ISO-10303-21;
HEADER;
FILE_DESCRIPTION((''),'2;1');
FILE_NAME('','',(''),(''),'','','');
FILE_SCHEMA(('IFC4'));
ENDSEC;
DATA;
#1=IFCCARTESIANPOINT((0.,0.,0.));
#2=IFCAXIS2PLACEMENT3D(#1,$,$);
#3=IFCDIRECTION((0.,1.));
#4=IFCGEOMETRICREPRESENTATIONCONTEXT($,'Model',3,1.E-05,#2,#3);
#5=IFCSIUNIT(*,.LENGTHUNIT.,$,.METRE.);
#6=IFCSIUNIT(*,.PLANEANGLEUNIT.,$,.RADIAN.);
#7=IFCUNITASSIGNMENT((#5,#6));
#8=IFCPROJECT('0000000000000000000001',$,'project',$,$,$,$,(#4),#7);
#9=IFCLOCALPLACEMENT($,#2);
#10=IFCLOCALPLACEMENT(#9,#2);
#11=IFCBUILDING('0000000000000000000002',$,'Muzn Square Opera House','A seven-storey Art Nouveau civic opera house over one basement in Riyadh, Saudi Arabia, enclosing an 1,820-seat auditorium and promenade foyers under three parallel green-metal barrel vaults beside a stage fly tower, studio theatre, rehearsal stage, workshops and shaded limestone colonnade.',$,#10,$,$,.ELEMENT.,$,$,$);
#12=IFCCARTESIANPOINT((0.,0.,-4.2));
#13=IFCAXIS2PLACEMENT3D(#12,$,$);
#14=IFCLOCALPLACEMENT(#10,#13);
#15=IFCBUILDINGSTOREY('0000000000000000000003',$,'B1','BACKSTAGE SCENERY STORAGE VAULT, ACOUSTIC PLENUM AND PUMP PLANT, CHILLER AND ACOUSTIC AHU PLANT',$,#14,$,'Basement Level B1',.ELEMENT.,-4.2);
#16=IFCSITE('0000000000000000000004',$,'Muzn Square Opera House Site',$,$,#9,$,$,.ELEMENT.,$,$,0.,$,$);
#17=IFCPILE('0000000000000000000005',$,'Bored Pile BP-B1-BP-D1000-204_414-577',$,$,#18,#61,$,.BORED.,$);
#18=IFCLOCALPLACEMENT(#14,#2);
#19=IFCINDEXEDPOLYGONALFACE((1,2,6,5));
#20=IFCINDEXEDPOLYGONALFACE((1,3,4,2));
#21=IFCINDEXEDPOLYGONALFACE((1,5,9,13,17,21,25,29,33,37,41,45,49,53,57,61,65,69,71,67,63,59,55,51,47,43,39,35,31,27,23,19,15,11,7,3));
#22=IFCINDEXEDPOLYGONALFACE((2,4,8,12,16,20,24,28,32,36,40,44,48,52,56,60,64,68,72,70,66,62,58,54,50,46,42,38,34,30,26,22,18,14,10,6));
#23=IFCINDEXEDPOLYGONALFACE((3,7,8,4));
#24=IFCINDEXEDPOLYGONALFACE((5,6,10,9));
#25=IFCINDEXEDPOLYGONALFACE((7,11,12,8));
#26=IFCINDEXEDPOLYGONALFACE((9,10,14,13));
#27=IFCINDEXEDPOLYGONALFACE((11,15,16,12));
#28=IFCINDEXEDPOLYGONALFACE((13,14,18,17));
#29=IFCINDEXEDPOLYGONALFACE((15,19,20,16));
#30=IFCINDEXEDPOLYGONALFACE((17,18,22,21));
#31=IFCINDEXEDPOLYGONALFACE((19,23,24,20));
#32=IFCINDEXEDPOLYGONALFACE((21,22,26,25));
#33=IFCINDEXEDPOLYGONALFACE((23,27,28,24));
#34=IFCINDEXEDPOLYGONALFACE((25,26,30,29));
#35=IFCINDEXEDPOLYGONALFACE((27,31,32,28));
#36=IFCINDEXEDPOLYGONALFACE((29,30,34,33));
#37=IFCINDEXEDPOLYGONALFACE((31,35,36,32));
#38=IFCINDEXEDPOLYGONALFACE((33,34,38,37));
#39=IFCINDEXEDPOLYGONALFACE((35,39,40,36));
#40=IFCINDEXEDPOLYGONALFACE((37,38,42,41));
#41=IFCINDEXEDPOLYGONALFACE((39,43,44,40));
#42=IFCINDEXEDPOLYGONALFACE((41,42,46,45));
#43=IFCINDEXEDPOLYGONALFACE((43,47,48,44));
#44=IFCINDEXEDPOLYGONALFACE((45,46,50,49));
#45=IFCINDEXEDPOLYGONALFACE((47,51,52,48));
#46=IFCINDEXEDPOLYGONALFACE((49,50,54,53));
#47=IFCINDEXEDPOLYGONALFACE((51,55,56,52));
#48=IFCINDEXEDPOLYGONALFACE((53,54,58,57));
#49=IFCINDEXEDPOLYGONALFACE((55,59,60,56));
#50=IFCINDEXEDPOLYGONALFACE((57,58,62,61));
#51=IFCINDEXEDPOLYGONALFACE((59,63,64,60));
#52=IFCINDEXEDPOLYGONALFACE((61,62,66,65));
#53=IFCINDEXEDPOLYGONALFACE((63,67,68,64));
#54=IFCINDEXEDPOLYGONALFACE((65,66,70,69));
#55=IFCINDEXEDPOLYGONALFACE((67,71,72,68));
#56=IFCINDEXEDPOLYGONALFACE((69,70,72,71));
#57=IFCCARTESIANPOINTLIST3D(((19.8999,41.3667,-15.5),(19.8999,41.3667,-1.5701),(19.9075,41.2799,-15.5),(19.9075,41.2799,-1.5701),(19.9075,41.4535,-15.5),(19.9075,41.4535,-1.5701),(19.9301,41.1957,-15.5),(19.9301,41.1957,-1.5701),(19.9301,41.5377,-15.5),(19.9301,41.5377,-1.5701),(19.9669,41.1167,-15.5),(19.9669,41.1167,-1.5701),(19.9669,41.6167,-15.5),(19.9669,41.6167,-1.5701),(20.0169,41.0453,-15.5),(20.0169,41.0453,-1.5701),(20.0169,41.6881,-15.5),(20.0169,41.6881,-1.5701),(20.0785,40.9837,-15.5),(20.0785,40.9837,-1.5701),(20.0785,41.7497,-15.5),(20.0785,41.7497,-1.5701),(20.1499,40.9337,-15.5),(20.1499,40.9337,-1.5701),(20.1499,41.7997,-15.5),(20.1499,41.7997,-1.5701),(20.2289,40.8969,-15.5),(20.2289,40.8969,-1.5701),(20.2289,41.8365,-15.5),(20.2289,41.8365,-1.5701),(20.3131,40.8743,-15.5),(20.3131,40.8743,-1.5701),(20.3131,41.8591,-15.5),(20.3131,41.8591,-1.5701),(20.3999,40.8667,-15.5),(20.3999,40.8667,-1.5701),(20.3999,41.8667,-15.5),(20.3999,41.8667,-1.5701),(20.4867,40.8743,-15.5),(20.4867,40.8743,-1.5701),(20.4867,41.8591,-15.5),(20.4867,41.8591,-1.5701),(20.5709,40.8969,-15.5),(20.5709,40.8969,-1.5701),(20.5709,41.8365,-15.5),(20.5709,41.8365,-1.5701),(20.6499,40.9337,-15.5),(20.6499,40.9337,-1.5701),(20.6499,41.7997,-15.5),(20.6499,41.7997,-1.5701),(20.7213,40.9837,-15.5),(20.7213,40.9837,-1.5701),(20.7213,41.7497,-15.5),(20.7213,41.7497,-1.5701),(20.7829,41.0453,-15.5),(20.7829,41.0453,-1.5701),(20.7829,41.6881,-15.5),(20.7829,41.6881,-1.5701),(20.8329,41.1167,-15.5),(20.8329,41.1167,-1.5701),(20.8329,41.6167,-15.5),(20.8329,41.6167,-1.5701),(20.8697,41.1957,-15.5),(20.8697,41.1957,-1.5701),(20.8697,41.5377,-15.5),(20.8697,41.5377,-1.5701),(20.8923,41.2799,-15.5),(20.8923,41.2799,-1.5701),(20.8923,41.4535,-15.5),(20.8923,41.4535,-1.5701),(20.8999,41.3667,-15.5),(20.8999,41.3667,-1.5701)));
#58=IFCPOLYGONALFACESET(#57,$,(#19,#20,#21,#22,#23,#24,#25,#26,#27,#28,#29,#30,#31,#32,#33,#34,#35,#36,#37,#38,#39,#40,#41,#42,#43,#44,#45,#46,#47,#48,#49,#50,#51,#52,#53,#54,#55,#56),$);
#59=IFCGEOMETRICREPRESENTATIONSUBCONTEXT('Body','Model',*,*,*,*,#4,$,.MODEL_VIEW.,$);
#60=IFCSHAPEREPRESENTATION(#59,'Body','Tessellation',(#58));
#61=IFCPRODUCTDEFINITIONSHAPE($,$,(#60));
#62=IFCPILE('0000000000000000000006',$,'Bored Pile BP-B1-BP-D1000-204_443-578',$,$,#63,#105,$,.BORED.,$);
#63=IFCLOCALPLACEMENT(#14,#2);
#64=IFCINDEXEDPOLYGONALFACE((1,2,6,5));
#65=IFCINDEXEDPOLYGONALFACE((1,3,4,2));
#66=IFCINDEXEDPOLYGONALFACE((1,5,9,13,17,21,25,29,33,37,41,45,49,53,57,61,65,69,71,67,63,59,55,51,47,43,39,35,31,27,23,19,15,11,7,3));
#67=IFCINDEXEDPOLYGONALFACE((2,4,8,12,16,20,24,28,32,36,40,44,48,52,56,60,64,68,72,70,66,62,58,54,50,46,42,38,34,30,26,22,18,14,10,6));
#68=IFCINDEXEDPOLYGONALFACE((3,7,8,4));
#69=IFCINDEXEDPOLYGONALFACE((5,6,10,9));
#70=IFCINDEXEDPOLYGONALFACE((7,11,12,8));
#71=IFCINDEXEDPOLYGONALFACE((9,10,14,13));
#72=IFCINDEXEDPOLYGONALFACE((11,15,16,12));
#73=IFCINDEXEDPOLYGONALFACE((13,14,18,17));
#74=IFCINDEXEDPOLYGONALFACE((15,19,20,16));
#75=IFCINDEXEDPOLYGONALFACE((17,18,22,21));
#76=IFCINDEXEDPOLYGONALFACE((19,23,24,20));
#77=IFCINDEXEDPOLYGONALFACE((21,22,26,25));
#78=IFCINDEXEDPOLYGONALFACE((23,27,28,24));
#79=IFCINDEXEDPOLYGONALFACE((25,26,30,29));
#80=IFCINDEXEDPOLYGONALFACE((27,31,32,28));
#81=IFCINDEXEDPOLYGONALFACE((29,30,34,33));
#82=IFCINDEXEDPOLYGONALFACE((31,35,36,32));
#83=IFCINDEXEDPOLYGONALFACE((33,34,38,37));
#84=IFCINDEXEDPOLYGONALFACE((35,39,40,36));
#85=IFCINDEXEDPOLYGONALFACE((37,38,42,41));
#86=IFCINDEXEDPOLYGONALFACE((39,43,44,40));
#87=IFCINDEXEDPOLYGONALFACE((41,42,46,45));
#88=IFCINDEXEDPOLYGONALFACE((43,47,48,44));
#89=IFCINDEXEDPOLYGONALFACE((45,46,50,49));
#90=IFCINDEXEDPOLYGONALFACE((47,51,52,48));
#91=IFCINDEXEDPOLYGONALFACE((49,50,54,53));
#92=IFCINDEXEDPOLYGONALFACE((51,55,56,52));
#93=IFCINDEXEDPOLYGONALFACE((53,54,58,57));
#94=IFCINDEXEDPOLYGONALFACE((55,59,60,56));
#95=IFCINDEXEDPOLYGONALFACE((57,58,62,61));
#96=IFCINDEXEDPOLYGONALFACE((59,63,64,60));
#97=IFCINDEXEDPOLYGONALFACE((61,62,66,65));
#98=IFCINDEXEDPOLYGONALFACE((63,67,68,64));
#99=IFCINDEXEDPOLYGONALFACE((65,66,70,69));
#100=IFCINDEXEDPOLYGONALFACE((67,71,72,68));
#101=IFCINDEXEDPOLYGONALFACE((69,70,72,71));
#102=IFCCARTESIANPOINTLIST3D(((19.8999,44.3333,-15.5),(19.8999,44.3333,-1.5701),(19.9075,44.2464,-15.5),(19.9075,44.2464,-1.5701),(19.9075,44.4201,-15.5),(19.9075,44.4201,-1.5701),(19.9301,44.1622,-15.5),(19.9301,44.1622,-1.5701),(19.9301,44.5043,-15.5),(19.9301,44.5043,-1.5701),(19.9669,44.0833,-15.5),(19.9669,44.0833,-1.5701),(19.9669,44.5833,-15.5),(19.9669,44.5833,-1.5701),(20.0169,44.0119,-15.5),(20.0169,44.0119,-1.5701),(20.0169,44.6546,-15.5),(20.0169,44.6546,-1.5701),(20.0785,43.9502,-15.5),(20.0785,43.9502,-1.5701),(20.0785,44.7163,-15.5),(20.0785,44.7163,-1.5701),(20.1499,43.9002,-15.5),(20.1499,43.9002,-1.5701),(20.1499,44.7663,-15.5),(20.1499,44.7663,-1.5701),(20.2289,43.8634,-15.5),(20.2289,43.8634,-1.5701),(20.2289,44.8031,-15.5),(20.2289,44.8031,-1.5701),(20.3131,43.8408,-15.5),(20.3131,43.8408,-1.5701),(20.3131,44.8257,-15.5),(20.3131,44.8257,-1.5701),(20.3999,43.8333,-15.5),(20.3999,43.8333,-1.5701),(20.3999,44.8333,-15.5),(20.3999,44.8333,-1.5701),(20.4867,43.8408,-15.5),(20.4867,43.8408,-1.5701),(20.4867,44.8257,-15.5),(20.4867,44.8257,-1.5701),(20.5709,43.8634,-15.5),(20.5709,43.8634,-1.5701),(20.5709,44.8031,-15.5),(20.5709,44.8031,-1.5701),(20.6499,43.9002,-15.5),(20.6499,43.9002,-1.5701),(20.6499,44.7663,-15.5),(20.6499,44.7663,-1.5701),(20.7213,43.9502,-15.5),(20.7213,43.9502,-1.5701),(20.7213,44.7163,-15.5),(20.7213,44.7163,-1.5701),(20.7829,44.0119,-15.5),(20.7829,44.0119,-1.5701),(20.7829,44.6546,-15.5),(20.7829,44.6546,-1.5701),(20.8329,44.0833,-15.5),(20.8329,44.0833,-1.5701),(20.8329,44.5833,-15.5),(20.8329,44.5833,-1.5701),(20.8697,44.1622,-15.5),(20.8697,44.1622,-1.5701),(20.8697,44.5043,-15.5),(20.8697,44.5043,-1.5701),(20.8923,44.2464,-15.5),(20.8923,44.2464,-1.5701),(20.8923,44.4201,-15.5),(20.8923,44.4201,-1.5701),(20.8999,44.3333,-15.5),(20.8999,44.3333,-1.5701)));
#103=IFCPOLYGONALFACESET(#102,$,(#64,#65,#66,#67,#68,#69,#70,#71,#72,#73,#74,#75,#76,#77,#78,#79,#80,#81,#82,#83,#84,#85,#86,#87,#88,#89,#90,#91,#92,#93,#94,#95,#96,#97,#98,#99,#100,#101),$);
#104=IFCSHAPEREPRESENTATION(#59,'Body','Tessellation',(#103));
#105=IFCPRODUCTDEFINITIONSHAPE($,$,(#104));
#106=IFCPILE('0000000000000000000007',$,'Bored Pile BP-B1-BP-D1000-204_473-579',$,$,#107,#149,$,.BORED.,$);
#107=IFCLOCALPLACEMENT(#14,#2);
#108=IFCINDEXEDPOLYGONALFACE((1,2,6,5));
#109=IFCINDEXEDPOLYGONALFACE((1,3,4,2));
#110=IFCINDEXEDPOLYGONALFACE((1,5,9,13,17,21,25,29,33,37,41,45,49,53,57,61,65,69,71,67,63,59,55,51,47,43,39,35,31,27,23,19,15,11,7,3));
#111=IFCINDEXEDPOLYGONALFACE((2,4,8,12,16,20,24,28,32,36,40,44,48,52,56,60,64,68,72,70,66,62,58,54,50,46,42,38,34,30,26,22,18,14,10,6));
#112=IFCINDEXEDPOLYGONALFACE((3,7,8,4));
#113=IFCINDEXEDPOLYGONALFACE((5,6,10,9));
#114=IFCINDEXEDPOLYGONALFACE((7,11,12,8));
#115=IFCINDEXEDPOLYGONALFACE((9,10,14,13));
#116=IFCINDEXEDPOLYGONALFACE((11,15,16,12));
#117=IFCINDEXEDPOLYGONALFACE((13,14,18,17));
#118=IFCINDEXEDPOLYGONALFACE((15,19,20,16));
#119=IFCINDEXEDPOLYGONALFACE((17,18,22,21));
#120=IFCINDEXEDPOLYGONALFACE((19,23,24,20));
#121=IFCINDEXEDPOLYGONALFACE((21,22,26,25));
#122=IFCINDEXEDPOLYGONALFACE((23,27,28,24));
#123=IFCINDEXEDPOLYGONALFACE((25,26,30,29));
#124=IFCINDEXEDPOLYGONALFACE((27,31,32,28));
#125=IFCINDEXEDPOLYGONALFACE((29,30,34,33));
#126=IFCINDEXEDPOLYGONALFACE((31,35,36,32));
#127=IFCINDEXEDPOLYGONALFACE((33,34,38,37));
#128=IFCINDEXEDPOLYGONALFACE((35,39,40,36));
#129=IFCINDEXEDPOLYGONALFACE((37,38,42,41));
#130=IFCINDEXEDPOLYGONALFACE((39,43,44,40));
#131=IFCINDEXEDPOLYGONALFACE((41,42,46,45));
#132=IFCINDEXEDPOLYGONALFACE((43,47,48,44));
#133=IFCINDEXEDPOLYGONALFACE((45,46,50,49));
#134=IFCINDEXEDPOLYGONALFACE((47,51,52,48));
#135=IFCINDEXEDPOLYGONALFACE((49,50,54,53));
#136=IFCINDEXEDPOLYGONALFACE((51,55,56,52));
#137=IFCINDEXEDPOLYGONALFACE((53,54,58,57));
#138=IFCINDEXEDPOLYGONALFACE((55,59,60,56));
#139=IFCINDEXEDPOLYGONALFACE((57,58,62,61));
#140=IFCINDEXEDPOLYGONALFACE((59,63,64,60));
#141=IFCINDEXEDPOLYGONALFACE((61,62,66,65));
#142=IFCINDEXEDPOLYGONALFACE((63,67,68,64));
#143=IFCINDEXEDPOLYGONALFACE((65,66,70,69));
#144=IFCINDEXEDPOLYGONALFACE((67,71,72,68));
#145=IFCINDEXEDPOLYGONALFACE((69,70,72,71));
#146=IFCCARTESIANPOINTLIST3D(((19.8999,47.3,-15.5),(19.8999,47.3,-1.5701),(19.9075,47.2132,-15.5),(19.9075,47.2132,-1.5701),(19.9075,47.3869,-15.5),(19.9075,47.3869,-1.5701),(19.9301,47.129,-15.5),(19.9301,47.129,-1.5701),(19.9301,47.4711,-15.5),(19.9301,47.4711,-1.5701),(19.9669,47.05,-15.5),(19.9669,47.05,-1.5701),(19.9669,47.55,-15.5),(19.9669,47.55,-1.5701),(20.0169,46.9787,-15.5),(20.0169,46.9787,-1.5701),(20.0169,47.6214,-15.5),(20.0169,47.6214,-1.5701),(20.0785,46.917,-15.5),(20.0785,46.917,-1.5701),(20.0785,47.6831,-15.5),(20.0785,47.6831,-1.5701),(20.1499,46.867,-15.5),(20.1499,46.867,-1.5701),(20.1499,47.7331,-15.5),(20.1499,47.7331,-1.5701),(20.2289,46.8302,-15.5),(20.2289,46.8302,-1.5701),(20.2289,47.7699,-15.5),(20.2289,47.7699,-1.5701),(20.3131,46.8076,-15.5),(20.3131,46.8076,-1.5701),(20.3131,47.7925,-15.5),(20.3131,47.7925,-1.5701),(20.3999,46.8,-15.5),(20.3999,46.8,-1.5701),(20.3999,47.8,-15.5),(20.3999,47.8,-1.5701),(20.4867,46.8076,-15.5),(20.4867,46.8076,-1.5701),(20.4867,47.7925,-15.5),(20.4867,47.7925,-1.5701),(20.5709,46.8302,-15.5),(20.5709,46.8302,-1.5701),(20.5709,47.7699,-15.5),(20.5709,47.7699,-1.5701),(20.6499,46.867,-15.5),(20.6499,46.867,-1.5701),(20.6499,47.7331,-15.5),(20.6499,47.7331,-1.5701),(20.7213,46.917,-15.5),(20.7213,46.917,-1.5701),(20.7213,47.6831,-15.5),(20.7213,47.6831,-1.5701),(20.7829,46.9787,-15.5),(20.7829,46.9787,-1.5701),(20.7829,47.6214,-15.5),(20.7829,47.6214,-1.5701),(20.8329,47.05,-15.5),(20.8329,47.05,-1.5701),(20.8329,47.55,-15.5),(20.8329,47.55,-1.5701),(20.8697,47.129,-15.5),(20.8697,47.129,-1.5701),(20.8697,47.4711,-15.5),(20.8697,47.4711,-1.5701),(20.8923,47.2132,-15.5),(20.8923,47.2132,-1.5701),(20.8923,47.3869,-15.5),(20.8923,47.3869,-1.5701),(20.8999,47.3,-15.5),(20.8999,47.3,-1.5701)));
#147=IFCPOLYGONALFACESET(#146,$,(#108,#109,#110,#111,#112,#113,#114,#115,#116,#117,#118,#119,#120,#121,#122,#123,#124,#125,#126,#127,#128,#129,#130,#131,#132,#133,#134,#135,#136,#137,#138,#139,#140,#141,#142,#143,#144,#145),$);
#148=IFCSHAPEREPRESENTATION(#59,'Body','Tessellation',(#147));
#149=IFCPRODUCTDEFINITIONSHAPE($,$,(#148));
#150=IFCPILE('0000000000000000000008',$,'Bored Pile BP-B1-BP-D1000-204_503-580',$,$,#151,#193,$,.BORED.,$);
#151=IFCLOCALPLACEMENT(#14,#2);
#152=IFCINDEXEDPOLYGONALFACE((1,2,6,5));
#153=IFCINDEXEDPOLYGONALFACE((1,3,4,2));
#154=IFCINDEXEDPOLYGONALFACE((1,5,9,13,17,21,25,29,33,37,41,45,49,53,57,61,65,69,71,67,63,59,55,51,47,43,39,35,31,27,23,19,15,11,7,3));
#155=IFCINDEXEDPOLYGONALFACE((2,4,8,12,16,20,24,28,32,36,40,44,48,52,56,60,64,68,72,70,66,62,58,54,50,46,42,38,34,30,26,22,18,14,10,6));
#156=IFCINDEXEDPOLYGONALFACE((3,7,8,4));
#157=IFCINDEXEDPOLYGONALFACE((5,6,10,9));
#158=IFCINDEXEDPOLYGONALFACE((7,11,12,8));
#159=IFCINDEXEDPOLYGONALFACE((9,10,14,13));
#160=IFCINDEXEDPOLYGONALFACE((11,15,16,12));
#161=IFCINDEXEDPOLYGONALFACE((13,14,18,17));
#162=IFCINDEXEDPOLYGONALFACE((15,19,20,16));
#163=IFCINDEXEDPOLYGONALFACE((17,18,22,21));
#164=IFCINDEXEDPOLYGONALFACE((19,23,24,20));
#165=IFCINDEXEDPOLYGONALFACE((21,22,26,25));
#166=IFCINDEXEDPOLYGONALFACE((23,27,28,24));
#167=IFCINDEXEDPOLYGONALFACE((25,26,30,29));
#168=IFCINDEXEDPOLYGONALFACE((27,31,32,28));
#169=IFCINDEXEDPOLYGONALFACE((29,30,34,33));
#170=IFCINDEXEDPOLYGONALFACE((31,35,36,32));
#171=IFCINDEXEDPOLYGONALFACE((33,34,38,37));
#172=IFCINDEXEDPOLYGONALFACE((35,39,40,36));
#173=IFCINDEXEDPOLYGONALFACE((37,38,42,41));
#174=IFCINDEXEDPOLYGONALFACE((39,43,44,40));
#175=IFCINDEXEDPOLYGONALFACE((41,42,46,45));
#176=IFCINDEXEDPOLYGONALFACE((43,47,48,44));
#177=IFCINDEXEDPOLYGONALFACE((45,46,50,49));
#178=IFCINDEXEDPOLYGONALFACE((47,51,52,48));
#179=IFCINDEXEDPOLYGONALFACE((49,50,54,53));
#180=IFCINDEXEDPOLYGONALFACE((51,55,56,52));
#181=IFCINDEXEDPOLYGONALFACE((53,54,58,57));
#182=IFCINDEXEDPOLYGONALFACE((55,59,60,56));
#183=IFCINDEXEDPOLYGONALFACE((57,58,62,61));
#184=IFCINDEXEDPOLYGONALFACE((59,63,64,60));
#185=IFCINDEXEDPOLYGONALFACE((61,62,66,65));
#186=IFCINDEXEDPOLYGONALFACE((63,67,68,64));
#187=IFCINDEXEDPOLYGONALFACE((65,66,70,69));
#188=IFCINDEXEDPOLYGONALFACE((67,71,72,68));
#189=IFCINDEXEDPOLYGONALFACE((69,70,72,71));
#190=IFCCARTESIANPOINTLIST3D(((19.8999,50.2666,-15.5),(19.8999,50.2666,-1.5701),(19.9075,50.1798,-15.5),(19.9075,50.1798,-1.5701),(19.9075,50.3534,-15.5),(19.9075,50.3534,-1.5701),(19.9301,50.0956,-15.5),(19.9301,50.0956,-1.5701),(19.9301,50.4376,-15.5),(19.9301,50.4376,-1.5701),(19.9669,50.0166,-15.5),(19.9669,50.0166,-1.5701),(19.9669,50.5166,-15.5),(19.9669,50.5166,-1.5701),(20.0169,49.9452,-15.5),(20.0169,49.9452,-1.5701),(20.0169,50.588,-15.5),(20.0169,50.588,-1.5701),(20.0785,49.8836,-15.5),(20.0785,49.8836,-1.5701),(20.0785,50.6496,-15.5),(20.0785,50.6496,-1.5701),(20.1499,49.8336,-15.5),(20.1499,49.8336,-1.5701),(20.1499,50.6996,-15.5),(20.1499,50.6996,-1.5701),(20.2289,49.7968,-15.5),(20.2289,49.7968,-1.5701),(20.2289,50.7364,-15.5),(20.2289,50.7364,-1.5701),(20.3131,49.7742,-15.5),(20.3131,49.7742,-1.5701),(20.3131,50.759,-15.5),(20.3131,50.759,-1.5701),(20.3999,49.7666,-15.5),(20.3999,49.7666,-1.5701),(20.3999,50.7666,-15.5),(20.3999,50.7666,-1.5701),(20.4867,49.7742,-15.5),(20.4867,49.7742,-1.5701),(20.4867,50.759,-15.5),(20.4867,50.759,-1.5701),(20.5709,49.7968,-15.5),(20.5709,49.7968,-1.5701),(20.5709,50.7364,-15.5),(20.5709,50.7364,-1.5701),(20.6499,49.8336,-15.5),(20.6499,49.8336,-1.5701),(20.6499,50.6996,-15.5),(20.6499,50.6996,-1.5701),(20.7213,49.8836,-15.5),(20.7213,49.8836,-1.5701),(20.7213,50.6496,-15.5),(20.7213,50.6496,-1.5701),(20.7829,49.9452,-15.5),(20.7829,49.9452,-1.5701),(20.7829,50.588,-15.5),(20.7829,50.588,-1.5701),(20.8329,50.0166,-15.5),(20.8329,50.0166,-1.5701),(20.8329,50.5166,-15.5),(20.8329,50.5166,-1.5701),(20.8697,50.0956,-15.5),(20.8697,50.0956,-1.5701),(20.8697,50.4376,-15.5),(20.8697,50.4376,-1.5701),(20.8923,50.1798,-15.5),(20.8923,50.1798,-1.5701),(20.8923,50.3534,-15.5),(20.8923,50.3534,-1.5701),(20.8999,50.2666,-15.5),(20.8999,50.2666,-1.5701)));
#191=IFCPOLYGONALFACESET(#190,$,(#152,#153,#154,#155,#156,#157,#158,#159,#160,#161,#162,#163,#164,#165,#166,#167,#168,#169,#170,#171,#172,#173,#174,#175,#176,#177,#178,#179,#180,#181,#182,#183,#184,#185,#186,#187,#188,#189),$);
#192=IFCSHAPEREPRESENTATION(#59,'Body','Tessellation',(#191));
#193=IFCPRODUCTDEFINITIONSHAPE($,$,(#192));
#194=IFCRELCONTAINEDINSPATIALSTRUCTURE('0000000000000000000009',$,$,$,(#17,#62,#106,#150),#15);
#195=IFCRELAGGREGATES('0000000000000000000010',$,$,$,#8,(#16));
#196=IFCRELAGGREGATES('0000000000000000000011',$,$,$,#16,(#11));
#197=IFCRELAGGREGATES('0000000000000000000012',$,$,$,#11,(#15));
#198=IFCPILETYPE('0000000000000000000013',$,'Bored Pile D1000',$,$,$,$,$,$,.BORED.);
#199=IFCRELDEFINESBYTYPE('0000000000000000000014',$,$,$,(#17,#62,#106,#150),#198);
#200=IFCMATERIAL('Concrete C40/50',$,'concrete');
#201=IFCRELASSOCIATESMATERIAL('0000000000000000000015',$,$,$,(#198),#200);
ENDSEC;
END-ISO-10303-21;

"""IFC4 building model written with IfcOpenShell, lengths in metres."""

from ifc_helpers import new_model, si_unit, direction, frame, origin, origin_2d, place, context, subcontext, project, spatial, circle, extrude, material, material_profile, profile_set, type_object, element, save


model = new_model("IFC4")

# Units and contexts
model_context = context("Model", 3, precision=1e-05, world=origin(), true_north=direction((0.0, 1.0)))
body_context = subcontext(model_context, "Body", "Model", "MODEL_VIEW")
ifc_project = project(units=[si_unit("LENGTHUNIT", "METRE"), si_unit("PLANEANGLEUNIT", "RADIAN")], contexts=[model_context])

# Site, building, storey
site_placement = place(None, origin())
site = spatial("IfcSite", under=ifc_project, at=site_placement, Name="Muzn Square Opera House Site", CompositionType="ELEMENT", RefElevation=0.0)
building_placement = place(site_placement, origin())
building = spatial("IfcBuilding", under=site, at=building_placement, Name="Muzn Square Opera House", Description="A seven-storey Art Nouveau civic opera house over one basement in Riyadh, Saudi Arabia, enclosing an 1,820-seat auditorium and promenade foyers under three parallel green-metal barrel vaults beside a stage fly tower, studio theatre, rehearsal stage, workshops and shaded limestone colonnade.", CompositionType="ELEMENT")
storey_placement = place(building_placement, frame((0.0, 0.0, -4.2)))
storey = spatial("IfcBuildingStorey", under=building, at=storey_placement, Name="B1", Description="BACKSTAGE SCENERY STORAGE VAULT, ACOUSTIC PLENUM AND PUMP PLANT, CHILLER AND ACOUSTIC AHU PLANT", LongName="Basement Level B1", CompositionType="ELEMENT", Elevation=-4.2)

# Piles
ifc_material_1 = material(Name="Concrete C40/50", Category="concrete")
ifc_material_profile_1 = material_profile(ifc_material_1, circle(Radius=0.5, at=origin_2d()), Name="BORED PILE D1000", Category="concrete")
ifc_profile_set_1 = profile_set([ifc_material_profile_1], Name="Concrete C40/50")
pile_type = type_object("IfcPileType", Name="Bored Pile D1000", PredefinedType="BORED", material=ifc_profile_set_1)
for number, where, z_axis, x_axis, name in (
    (1, (20.3999, 41.3667, -1.5701), (0.0, 0.0, -1.0), (1.0, 0.0, 0.0), "Bored Pile BP-B1-BP-D1000-204_414-577"),
    (2, (20.3999, 44.3333, -1.5701), (0.0, 0.0, -1.0), (1.0, 0.0, 0.0), "Bored Pile BP-B1-BP-D1000-204_443-578"),
    (3, (20.3999, 47.3, -1.5701), (0.0, 0.0, -1.0), (1.0, 0.0, 0.0), "Bored Pile BP-B1-BP-D1000-204_473-579"),
    (4, (20.3999, 50.2666, -1.5701), (0.0, 0.0, -1.0), (1.0, 0.0, 0.0), "Bored Pile BP-B1-BP-D1000-204_503-580"),
):
    element("IfcPile", number, at=place(storey_placement, frame(where, z_axis=z_axis, x_axis=x_axis)), inside=storey, type_object=pile_type, Name=name, PredefinedType="BORED", context=body_context, shape_type="SweptSolid", body=[
        extrude(circle(Radius=0.5, at=origin_2d()), origin(), (0.0, 0.0, 1.0), 13.9299),
    ])

save(model, "model.ifc")
